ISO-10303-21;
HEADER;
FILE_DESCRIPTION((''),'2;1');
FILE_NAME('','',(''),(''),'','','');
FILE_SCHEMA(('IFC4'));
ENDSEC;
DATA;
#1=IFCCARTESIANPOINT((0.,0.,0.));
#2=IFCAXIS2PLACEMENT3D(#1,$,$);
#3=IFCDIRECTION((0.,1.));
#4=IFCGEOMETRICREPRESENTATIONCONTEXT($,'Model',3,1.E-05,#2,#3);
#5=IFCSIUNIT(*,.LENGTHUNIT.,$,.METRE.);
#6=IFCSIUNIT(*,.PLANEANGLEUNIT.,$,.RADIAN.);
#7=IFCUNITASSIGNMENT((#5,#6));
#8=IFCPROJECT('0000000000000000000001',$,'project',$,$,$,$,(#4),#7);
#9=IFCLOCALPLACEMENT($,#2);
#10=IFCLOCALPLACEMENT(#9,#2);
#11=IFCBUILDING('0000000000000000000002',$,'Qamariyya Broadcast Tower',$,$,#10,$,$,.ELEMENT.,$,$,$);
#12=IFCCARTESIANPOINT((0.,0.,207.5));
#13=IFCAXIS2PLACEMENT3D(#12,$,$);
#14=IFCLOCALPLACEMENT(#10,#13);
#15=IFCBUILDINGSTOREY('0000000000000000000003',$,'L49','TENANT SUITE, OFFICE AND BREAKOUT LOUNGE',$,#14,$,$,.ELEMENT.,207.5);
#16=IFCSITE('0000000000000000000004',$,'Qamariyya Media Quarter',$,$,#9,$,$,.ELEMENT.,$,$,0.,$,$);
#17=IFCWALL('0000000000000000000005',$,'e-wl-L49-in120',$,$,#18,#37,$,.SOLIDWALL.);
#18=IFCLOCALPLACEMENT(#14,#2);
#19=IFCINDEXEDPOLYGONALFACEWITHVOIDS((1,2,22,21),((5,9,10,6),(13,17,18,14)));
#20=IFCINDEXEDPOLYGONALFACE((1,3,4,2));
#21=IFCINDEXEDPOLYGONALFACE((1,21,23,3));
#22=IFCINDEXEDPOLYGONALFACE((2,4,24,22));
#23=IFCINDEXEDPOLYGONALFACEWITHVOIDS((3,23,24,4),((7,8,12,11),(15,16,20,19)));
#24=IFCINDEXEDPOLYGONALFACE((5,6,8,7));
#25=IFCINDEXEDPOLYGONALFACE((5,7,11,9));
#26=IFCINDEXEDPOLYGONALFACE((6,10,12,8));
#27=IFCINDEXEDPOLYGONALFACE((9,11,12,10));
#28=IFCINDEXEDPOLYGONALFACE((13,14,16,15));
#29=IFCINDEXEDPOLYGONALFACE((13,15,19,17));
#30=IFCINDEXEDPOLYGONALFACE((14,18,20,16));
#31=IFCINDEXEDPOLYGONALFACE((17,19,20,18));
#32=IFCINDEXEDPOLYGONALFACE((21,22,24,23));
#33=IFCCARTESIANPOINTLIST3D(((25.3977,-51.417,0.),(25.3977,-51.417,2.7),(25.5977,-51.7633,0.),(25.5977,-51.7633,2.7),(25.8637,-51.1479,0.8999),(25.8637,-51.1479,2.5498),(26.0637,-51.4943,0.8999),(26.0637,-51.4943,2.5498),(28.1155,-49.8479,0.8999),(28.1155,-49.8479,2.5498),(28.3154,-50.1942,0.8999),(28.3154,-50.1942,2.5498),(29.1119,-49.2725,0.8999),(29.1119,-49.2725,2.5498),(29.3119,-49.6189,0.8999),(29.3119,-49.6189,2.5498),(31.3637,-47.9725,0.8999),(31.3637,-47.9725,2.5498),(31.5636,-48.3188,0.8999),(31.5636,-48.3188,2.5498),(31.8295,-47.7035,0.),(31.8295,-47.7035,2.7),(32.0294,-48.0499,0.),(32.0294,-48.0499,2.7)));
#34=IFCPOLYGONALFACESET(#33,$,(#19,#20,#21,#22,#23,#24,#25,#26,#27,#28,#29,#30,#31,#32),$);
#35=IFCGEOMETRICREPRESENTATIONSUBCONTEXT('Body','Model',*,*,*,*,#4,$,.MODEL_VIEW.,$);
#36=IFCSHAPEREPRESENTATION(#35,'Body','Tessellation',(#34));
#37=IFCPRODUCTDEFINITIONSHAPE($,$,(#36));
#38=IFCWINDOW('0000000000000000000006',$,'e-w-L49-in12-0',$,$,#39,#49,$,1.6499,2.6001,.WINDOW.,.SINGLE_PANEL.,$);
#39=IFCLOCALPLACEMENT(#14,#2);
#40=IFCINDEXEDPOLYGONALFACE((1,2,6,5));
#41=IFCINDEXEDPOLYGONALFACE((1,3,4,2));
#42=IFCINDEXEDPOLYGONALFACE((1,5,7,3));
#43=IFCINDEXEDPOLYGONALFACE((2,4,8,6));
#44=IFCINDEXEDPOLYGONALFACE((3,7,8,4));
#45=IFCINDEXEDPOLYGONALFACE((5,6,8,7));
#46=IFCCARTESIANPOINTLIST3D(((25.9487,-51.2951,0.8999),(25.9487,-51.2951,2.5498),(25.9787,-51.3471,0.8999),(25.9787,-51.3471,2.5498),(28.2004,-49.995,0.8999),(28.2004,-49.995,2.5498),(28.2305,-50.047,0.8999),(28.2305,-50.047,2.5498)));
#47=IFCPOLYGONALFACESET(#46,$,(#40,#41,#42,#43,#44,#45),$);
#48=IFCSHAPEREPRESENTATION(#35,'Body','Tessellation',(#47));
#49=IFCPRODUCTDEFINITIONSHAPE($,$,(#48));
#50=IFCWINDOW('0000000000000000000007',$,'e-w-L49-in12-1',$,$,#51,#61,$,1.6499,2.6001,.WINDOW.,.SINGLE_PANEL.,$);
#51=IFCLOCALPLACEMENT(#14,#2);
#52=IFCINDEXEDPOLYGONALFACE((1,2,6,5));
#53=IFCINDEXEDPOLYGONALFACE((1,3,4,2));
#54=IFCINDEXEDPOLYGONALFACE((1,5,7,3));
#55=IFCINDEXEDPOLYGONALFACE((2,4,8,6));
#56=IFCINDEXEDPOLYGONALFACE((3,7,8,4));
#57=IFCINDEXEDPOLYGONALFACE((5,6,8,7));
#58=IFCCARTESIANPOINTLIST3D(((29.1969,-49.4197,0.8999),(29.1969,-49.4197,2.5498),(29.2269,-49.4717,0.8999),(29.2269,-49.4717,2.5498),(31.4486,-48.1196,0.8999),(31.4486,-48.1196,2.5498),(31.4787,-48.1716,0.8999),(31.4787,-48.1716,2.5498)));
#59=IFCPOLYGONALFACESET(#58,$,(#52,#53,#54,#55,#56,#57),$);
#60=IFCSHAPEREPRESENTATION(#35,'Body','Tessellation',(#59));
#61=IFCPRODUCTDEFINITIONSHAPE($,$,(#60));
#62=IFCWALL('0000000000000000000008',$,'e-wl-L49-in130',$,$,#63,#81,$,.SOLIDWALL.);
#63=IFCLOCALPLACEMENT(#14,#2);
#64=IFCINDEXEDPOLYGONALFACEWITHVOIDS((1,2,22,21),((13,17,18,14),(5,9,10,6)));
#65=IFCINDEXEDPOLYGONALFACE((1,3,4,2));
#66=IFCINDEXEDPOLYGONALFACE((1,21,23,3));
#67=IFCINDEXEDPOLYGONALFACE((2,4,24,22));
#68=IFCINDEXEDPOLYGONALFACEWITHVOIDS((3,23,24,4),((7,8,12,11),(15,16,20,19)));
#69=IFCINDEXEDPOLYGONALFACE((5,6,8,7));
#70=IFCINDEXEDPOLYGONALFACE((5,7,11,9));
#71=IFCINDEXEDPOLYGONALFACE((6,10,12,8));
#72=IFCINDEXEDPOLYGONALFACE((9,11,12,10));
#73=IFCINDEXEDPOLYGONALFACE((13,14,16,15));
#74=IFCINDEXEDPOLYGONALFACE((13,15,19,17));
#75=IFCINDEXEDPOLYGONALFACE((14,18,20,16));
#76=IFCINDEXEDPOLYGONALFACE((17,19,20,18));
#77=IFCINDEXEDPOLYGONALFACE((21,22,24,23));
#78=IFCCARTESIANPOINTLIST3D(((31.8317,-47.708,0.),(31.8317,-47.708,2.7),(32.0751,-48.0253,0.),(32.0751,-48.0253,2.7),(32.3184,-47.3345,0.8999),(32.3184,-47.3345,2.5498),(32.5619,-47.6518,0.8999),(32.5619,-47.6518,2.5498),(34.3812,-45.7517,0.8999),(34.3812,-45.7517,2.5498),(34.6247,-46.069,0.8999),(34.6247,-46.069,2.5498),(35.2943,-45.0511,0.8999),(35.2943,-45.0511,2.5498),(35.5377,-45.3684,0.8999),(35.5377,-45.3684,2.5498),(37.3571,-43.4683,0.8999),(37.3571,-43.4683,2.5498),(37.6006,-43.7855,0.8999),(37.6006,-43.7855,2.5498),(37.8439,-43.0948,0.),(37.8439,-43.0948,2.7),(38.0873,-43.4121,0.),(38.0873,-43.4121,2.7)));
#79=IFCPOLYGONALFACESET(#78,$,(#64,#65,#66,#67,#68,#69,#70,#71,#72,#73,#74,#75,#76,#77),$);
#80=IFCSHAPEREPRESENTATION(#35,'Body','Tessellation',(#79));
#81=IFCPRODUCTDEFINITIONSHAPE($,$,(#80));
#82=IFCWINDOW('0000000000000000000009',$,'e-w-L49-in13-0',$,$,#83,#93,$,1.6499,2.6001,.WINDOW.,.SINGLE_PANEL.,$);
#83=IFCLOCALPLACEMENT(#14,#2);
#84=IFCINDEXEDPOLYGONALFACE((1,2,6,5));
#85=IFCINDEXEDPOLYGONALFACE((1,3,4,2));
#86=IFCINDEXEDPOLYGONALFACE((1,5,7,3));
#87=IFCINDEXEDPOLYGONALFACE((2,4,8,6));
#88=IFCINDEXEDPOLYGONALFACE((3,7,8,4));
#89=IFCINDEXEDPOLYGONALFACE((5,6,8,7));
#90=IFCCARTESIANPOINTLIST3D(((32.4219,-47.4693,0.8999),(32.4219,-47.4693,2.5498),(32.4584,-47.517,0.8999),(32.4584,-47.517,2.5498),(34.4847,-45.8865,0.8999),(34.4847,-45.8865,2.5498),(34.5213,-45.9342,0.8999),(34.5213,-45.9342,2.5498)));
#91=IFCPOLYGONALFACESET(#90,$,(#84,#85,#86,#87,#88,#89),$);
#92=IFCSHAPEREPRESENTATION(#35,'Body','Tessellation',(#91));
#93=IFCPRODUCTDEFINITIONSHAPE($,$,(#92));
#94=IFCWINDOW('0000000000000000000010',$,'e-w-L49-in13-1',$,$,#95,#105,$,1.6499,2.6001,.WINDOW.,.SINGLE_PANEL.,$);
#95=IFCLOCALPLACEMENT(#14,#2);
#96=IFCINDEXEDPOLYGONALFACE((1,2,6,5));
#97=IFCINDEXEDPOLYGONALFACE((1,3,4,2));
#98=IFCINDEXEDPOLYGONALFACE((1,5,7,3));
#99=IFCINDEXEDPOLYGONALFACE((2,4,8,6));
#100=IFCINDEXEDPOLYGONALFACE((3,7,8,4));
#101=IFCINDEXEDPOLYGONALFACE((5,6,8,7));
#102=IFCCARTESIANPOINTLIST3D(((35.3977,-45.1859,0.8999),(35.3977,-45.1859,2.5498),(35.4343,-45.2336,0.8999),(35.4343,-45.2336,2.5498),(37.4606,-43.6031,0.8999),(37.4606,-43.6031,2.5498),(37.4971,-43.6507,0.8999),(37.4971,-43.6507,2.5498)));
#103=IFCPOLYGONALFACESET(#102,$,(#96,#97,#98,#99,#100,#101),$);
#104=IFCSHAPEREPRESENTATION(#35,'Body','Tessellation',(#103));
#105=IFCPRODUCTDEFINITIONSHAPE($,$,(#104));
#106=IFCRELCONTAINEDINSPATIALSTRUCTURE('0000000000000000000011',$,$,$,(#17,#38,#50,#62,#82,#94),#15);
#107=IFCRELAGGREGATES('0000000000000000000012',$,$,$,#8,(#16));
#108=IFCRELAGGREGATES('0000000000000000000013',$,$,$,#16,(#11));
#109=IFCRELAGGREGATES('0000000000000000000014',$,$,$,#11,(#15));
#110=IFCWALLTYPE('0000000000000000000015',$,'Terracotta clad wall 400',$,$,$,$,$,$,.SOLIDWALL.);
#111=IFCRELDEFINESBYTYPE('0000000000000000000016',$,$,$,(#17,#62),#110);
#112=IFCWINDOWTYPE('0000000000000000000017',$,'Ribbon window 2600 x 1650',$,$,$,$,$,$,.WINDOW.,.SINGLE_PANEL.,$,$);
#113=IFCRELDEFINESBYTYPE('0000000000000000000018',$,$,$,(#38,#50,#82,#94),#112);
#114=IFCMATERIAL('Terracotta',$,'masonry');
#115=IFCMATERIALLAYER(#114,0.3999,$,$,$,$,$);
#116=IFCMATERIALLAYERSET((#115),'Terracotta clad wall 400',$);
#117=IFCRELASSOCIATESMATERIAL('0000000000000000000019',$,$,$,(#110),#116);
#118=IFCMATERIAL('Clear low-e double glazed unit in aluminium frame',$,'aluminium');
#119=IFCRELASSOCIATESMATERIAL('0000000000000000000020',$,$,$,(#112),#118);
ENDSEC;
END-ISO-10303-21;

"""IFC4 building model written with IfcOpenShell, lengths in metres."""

from ifc_helpers import new_model, si_unit, direction, frame, frame_2d, origin, place, context, subcontext, project, spatial, rectangle, extrude, material, layer, layer_set, type_object, element, fill, save


model = new_model("IFC4")

# Units and contexts
model_context = context("Model", 3, precision=1e-05, world=origin(), true_north=direction((0.0, 1.0)))
body_context = subcontext(model_context, "Body", "Model", "MODEL_VIEW")
ifc_project = project(units=[si_unit("LENGTHUNIT", "METRE"), si_unit("PLANEANGLEUNIT", "RADIAN")], contexts=[model_context])

# Site, building, storey
site_placement = place(None, origin())
site = spatial("IfcSite", under=ifc_project, at=site_placement, Name="Qamariyya Media Quarter", CompositionType="ELEMENT", RefElevation=0.0)
building_placement = place(site_placement, origin())
building = spatial("IfcBuilding", under=site, at=building_placement, Name="Qamariyya Broadcast Tower", CompositionType="ELEMENT")
storey_placement = place(building_placement, frame((0.0, 0.0, 207.5)))
storey = spatial("IfcBuildingStorey", under=building, at=storey_placement, Name="L49", Description="TENANT SUITE, OFFICE AND BREAKOUT LOUNGE", CompositionType="ELEMENT", Elevation=207.5)

# Walls, openings, windows
ifc_material_1 = material(Name="Terracotta", Category="masonry")
ifc_layer_1 = layer(ifc_material_1, 0.3999)
ifc_layer_set_1 = layer_set([ifc_layer_1], Name="Terracotta clad wall 400")
wall_type_1 = type_object("IfcWallType", Name="Terracotta clad wall 400", PredefinedType="SOLIDWALL", material=ifc_layer_set_1)
wall_1_placement = place(storey_placement, frame((31.9294, -47.8767, 0.0), z_axis=(0.0, 0.0, 1.0), x_axis=(-0.866021, -0.500007, 0.0)))
wall_1 = element("IfcWall", 1, at=wall_1_placement, inside=storey, type_object=wall_type_1, Name="e-wl-L49-in120", PredefinedType="SOLIDWALL", context=body_context, shape_type="SweptSolid", body=[
    extrude(rectangle(XDim=7.4268, YDim=0.3999, at=frame_2d((3.7134, 0.0))), origin(), (0.0, 0.0, 1.0), 2.7),
])
opening_1_placement = place(wall_1_placement, frame((4.2886, 0.0, 0.8999)))
opening_1 = element("IfcOpeningElement", 2, at=opening_1_placement, cuts=wall_1, PredefinedType="OPENING", context=body_context, shape_type="SweptSolid", body=[
    extrude(rectangle(XDim=2.6001, YDim=1.6499, at=frame_2d((1.3, 0.825))), frame((0.0, 0.21, 0.0), z_axis=(0.0, -1.0, 0.0), x_axis=(1.0, 0.0, 0.0)), (0.0, 0.0, 1.0), 0.4199),
])
opening_2_placement = place(wall_1_placement, frame((0.5378, 0.0, 0.8999)))
opening_2 = element("IfcOpeningElement", 3, at=opening_2_placement, cuts=wall_1, PredefinedType="OPENING", context=body_context, shape_type="SweptSolid", body=[
    extrude(rectangle(XDim=2.6001, YDim=1.6499, at=frame_2d((1.3, 0.825))), frame((0.0, 0.21, 0.0), z_axis=(0.0, -1.0, 0.0), x_axis=(1.0, 0.0, 0.0)), (0.0, 0.0, 1.0), 0.4199),
])
ifc_material_2 = material(Name="Clear low-e double glazed unit in aluminium frame", Category="aluminium")
window_type = type_object("IfcWindowType", Name="Ribbon window 2600 x 1650", PartitioningType="SINGLE_PANEL", PredefinedType="WINDOW", material=ifc_material_2)
window_1_placement = place(opening_1_placement, origin())
window_1 = element("IfcWindow", 4, at=window_1_placement, inside=storey, type_object=window_type, Name="e-w-L49-in12-0", OverallHeight=1.6499, OverallWidth=2.6001, PartitioningType="SINGLE_PANEL", PredefinedType="WINDOW", context=body_context, shape_type="SweptSolid", body=[
    extrude(rectangle(XDim=2.6001, YDim=1.6499, at=frame_2d((1.3, 0.825))), frame((0.0, 0.03, 0.0), z_axis=(0.0, -1.0, 0.0), x_axis=(1.0, 0.0, 0.0)), (0.0, 0.0, 1.0), 0.0601),
])
fill(opening_1, window_1)
window_2_placement = place(opening_2_placement, origin())
window_2 = element("IfcWindow", 5, at=window_2_placement, inside=storey, type_object=window_type, Name="e-w-L49-in12-1", OverallHeight=1.6499, OverallWidth=2.6001, PartitioningType="SINGLE_PANEL", PredefinedType="WINDOW", context=body_context, shape_type="SweptSolid", body=[
    extrude(rectangle(XDim=2.6001, YDim=1.6499, at=frame_2d((1.3, 0.825))), frame((0.0, 0.03, 0.0), z_axis=(0.0, -1.0, 0.0), x_axis=(1.0, 0.0, 0.0)), (0.0, 0.0, 1.0), 0.0601),
])
fill(opening_2, window_2)
wall_2_placement = place(storey_placement, frame((37.9656, -43.2534, 0.0), z_axis=(0.0, 0.0, 1.0), x_axis=(-0.793356, -0.608757, 0.0)))
wall_2 = element("IfcWall", 6, at=wall_2_placement, inside=storey, type_object=wall_type_1, Name="e-wl-L49-in130", PredefinedType="SOLIDWALL", context=body_context, shape_type="SweptSolid", body=[
    extrude(rectangle(XDim=7.5781, YDim=0.3999, at=frame_2d((3.7891, 0.0))), origin(), (0.0, 0.0, 1.0), 2.7),
])
opening_3_placement = place(wall_2_placement, frame((4.3645, 0.0, 0.8999)))
opening_3 = element("IfcOpeningElement", 7, at=opening_3_placement, cuts=wall_2, PredefinedType="OPENING", context=body_context, shape_type="SweptSolid", body=[
    extrude(rectangle(XDim=2.6001, YDim=1.6499, at=frame_2d((1.3, 0.825))), frame((0.0, 0.21, 0.0), z_axis=(0.0, -1.0, 0.0), x_axis=(1.0, 0.0, 0.0)), (0.0, 0.0, 1.0), 0.4199),
])
opening_4_placement = place(wall_2_placement, frame((0.6135, 0.0, 0.8999)))
opening_4 = element("IfcOpeningElement", 8, at=opening_4_placement, cuts=wall_2, PredefinedType="OPENING", context=body_context, shape_type="SweptSolid", body=[
    extrude(rectangle(XDim=2.6001, YDim=1.6499, at=frame_2d((1.3, 0.825))), frame((0.0, 0.21, 0.0), z_axis=(0.0, -1.0, 0.0), x_axis=(1.0, 0.0, 0.0)), (0.0, 0.0, 1.0), 0.4199),
])
window_3_placement = place(opening_3_placement, origin())
window_3 = element("IfcWindow", 9, at=window_3_placement, inside=storey, type_object=window_type, Name="e-w-L49-in13-0", OverallHeight=1.6499, OverallWidth=2.6001, PartitioningType="SINGLE_PANEL", PredefinedType="WINDOW", context=body_context, shape_type="SweptSolid", body=[
    extrude(rectangle(XDim=2.6001, YDim=1.6499, at=frame_2d((1.3, 0.825))), frame((0.0, 0.03, 0.0), z_axis=(0.0, -1.0, 0.0), x_axis=(1.0, 0.0, 0.0)), (0.0, 0.0, 1.0), 0.0601),
])
fill(opening_3, window_3)
window_4_placement = place(opening_4_placement, origin())
window_4 = element("IfcWindow", 10, at=window_4_placement, inside=storey, type_object=window_type, Name="e-w-L49-in13-1", OverallHeight=1.6499, OverallWidth=2.6001, PartitioningType="SINGLE_PANEL", PredefinedType="WINDOW", context=body_context, shape_type="SweptSolid", body=[
    extrude(rectangle(XDim=2.6001, YDim=1.6499, at=frame_2d((1.3, 0.825))), frame((0.0, 0.03, 0.0), z_axis=(0.0, -1.0, 0.0), x_axis=(1.0, 0.0, 0.0)), (0.0, 0.0, 1.0), 0.0601),
])
fill(opening_4, window_4)

save(model, "model.ifc")
